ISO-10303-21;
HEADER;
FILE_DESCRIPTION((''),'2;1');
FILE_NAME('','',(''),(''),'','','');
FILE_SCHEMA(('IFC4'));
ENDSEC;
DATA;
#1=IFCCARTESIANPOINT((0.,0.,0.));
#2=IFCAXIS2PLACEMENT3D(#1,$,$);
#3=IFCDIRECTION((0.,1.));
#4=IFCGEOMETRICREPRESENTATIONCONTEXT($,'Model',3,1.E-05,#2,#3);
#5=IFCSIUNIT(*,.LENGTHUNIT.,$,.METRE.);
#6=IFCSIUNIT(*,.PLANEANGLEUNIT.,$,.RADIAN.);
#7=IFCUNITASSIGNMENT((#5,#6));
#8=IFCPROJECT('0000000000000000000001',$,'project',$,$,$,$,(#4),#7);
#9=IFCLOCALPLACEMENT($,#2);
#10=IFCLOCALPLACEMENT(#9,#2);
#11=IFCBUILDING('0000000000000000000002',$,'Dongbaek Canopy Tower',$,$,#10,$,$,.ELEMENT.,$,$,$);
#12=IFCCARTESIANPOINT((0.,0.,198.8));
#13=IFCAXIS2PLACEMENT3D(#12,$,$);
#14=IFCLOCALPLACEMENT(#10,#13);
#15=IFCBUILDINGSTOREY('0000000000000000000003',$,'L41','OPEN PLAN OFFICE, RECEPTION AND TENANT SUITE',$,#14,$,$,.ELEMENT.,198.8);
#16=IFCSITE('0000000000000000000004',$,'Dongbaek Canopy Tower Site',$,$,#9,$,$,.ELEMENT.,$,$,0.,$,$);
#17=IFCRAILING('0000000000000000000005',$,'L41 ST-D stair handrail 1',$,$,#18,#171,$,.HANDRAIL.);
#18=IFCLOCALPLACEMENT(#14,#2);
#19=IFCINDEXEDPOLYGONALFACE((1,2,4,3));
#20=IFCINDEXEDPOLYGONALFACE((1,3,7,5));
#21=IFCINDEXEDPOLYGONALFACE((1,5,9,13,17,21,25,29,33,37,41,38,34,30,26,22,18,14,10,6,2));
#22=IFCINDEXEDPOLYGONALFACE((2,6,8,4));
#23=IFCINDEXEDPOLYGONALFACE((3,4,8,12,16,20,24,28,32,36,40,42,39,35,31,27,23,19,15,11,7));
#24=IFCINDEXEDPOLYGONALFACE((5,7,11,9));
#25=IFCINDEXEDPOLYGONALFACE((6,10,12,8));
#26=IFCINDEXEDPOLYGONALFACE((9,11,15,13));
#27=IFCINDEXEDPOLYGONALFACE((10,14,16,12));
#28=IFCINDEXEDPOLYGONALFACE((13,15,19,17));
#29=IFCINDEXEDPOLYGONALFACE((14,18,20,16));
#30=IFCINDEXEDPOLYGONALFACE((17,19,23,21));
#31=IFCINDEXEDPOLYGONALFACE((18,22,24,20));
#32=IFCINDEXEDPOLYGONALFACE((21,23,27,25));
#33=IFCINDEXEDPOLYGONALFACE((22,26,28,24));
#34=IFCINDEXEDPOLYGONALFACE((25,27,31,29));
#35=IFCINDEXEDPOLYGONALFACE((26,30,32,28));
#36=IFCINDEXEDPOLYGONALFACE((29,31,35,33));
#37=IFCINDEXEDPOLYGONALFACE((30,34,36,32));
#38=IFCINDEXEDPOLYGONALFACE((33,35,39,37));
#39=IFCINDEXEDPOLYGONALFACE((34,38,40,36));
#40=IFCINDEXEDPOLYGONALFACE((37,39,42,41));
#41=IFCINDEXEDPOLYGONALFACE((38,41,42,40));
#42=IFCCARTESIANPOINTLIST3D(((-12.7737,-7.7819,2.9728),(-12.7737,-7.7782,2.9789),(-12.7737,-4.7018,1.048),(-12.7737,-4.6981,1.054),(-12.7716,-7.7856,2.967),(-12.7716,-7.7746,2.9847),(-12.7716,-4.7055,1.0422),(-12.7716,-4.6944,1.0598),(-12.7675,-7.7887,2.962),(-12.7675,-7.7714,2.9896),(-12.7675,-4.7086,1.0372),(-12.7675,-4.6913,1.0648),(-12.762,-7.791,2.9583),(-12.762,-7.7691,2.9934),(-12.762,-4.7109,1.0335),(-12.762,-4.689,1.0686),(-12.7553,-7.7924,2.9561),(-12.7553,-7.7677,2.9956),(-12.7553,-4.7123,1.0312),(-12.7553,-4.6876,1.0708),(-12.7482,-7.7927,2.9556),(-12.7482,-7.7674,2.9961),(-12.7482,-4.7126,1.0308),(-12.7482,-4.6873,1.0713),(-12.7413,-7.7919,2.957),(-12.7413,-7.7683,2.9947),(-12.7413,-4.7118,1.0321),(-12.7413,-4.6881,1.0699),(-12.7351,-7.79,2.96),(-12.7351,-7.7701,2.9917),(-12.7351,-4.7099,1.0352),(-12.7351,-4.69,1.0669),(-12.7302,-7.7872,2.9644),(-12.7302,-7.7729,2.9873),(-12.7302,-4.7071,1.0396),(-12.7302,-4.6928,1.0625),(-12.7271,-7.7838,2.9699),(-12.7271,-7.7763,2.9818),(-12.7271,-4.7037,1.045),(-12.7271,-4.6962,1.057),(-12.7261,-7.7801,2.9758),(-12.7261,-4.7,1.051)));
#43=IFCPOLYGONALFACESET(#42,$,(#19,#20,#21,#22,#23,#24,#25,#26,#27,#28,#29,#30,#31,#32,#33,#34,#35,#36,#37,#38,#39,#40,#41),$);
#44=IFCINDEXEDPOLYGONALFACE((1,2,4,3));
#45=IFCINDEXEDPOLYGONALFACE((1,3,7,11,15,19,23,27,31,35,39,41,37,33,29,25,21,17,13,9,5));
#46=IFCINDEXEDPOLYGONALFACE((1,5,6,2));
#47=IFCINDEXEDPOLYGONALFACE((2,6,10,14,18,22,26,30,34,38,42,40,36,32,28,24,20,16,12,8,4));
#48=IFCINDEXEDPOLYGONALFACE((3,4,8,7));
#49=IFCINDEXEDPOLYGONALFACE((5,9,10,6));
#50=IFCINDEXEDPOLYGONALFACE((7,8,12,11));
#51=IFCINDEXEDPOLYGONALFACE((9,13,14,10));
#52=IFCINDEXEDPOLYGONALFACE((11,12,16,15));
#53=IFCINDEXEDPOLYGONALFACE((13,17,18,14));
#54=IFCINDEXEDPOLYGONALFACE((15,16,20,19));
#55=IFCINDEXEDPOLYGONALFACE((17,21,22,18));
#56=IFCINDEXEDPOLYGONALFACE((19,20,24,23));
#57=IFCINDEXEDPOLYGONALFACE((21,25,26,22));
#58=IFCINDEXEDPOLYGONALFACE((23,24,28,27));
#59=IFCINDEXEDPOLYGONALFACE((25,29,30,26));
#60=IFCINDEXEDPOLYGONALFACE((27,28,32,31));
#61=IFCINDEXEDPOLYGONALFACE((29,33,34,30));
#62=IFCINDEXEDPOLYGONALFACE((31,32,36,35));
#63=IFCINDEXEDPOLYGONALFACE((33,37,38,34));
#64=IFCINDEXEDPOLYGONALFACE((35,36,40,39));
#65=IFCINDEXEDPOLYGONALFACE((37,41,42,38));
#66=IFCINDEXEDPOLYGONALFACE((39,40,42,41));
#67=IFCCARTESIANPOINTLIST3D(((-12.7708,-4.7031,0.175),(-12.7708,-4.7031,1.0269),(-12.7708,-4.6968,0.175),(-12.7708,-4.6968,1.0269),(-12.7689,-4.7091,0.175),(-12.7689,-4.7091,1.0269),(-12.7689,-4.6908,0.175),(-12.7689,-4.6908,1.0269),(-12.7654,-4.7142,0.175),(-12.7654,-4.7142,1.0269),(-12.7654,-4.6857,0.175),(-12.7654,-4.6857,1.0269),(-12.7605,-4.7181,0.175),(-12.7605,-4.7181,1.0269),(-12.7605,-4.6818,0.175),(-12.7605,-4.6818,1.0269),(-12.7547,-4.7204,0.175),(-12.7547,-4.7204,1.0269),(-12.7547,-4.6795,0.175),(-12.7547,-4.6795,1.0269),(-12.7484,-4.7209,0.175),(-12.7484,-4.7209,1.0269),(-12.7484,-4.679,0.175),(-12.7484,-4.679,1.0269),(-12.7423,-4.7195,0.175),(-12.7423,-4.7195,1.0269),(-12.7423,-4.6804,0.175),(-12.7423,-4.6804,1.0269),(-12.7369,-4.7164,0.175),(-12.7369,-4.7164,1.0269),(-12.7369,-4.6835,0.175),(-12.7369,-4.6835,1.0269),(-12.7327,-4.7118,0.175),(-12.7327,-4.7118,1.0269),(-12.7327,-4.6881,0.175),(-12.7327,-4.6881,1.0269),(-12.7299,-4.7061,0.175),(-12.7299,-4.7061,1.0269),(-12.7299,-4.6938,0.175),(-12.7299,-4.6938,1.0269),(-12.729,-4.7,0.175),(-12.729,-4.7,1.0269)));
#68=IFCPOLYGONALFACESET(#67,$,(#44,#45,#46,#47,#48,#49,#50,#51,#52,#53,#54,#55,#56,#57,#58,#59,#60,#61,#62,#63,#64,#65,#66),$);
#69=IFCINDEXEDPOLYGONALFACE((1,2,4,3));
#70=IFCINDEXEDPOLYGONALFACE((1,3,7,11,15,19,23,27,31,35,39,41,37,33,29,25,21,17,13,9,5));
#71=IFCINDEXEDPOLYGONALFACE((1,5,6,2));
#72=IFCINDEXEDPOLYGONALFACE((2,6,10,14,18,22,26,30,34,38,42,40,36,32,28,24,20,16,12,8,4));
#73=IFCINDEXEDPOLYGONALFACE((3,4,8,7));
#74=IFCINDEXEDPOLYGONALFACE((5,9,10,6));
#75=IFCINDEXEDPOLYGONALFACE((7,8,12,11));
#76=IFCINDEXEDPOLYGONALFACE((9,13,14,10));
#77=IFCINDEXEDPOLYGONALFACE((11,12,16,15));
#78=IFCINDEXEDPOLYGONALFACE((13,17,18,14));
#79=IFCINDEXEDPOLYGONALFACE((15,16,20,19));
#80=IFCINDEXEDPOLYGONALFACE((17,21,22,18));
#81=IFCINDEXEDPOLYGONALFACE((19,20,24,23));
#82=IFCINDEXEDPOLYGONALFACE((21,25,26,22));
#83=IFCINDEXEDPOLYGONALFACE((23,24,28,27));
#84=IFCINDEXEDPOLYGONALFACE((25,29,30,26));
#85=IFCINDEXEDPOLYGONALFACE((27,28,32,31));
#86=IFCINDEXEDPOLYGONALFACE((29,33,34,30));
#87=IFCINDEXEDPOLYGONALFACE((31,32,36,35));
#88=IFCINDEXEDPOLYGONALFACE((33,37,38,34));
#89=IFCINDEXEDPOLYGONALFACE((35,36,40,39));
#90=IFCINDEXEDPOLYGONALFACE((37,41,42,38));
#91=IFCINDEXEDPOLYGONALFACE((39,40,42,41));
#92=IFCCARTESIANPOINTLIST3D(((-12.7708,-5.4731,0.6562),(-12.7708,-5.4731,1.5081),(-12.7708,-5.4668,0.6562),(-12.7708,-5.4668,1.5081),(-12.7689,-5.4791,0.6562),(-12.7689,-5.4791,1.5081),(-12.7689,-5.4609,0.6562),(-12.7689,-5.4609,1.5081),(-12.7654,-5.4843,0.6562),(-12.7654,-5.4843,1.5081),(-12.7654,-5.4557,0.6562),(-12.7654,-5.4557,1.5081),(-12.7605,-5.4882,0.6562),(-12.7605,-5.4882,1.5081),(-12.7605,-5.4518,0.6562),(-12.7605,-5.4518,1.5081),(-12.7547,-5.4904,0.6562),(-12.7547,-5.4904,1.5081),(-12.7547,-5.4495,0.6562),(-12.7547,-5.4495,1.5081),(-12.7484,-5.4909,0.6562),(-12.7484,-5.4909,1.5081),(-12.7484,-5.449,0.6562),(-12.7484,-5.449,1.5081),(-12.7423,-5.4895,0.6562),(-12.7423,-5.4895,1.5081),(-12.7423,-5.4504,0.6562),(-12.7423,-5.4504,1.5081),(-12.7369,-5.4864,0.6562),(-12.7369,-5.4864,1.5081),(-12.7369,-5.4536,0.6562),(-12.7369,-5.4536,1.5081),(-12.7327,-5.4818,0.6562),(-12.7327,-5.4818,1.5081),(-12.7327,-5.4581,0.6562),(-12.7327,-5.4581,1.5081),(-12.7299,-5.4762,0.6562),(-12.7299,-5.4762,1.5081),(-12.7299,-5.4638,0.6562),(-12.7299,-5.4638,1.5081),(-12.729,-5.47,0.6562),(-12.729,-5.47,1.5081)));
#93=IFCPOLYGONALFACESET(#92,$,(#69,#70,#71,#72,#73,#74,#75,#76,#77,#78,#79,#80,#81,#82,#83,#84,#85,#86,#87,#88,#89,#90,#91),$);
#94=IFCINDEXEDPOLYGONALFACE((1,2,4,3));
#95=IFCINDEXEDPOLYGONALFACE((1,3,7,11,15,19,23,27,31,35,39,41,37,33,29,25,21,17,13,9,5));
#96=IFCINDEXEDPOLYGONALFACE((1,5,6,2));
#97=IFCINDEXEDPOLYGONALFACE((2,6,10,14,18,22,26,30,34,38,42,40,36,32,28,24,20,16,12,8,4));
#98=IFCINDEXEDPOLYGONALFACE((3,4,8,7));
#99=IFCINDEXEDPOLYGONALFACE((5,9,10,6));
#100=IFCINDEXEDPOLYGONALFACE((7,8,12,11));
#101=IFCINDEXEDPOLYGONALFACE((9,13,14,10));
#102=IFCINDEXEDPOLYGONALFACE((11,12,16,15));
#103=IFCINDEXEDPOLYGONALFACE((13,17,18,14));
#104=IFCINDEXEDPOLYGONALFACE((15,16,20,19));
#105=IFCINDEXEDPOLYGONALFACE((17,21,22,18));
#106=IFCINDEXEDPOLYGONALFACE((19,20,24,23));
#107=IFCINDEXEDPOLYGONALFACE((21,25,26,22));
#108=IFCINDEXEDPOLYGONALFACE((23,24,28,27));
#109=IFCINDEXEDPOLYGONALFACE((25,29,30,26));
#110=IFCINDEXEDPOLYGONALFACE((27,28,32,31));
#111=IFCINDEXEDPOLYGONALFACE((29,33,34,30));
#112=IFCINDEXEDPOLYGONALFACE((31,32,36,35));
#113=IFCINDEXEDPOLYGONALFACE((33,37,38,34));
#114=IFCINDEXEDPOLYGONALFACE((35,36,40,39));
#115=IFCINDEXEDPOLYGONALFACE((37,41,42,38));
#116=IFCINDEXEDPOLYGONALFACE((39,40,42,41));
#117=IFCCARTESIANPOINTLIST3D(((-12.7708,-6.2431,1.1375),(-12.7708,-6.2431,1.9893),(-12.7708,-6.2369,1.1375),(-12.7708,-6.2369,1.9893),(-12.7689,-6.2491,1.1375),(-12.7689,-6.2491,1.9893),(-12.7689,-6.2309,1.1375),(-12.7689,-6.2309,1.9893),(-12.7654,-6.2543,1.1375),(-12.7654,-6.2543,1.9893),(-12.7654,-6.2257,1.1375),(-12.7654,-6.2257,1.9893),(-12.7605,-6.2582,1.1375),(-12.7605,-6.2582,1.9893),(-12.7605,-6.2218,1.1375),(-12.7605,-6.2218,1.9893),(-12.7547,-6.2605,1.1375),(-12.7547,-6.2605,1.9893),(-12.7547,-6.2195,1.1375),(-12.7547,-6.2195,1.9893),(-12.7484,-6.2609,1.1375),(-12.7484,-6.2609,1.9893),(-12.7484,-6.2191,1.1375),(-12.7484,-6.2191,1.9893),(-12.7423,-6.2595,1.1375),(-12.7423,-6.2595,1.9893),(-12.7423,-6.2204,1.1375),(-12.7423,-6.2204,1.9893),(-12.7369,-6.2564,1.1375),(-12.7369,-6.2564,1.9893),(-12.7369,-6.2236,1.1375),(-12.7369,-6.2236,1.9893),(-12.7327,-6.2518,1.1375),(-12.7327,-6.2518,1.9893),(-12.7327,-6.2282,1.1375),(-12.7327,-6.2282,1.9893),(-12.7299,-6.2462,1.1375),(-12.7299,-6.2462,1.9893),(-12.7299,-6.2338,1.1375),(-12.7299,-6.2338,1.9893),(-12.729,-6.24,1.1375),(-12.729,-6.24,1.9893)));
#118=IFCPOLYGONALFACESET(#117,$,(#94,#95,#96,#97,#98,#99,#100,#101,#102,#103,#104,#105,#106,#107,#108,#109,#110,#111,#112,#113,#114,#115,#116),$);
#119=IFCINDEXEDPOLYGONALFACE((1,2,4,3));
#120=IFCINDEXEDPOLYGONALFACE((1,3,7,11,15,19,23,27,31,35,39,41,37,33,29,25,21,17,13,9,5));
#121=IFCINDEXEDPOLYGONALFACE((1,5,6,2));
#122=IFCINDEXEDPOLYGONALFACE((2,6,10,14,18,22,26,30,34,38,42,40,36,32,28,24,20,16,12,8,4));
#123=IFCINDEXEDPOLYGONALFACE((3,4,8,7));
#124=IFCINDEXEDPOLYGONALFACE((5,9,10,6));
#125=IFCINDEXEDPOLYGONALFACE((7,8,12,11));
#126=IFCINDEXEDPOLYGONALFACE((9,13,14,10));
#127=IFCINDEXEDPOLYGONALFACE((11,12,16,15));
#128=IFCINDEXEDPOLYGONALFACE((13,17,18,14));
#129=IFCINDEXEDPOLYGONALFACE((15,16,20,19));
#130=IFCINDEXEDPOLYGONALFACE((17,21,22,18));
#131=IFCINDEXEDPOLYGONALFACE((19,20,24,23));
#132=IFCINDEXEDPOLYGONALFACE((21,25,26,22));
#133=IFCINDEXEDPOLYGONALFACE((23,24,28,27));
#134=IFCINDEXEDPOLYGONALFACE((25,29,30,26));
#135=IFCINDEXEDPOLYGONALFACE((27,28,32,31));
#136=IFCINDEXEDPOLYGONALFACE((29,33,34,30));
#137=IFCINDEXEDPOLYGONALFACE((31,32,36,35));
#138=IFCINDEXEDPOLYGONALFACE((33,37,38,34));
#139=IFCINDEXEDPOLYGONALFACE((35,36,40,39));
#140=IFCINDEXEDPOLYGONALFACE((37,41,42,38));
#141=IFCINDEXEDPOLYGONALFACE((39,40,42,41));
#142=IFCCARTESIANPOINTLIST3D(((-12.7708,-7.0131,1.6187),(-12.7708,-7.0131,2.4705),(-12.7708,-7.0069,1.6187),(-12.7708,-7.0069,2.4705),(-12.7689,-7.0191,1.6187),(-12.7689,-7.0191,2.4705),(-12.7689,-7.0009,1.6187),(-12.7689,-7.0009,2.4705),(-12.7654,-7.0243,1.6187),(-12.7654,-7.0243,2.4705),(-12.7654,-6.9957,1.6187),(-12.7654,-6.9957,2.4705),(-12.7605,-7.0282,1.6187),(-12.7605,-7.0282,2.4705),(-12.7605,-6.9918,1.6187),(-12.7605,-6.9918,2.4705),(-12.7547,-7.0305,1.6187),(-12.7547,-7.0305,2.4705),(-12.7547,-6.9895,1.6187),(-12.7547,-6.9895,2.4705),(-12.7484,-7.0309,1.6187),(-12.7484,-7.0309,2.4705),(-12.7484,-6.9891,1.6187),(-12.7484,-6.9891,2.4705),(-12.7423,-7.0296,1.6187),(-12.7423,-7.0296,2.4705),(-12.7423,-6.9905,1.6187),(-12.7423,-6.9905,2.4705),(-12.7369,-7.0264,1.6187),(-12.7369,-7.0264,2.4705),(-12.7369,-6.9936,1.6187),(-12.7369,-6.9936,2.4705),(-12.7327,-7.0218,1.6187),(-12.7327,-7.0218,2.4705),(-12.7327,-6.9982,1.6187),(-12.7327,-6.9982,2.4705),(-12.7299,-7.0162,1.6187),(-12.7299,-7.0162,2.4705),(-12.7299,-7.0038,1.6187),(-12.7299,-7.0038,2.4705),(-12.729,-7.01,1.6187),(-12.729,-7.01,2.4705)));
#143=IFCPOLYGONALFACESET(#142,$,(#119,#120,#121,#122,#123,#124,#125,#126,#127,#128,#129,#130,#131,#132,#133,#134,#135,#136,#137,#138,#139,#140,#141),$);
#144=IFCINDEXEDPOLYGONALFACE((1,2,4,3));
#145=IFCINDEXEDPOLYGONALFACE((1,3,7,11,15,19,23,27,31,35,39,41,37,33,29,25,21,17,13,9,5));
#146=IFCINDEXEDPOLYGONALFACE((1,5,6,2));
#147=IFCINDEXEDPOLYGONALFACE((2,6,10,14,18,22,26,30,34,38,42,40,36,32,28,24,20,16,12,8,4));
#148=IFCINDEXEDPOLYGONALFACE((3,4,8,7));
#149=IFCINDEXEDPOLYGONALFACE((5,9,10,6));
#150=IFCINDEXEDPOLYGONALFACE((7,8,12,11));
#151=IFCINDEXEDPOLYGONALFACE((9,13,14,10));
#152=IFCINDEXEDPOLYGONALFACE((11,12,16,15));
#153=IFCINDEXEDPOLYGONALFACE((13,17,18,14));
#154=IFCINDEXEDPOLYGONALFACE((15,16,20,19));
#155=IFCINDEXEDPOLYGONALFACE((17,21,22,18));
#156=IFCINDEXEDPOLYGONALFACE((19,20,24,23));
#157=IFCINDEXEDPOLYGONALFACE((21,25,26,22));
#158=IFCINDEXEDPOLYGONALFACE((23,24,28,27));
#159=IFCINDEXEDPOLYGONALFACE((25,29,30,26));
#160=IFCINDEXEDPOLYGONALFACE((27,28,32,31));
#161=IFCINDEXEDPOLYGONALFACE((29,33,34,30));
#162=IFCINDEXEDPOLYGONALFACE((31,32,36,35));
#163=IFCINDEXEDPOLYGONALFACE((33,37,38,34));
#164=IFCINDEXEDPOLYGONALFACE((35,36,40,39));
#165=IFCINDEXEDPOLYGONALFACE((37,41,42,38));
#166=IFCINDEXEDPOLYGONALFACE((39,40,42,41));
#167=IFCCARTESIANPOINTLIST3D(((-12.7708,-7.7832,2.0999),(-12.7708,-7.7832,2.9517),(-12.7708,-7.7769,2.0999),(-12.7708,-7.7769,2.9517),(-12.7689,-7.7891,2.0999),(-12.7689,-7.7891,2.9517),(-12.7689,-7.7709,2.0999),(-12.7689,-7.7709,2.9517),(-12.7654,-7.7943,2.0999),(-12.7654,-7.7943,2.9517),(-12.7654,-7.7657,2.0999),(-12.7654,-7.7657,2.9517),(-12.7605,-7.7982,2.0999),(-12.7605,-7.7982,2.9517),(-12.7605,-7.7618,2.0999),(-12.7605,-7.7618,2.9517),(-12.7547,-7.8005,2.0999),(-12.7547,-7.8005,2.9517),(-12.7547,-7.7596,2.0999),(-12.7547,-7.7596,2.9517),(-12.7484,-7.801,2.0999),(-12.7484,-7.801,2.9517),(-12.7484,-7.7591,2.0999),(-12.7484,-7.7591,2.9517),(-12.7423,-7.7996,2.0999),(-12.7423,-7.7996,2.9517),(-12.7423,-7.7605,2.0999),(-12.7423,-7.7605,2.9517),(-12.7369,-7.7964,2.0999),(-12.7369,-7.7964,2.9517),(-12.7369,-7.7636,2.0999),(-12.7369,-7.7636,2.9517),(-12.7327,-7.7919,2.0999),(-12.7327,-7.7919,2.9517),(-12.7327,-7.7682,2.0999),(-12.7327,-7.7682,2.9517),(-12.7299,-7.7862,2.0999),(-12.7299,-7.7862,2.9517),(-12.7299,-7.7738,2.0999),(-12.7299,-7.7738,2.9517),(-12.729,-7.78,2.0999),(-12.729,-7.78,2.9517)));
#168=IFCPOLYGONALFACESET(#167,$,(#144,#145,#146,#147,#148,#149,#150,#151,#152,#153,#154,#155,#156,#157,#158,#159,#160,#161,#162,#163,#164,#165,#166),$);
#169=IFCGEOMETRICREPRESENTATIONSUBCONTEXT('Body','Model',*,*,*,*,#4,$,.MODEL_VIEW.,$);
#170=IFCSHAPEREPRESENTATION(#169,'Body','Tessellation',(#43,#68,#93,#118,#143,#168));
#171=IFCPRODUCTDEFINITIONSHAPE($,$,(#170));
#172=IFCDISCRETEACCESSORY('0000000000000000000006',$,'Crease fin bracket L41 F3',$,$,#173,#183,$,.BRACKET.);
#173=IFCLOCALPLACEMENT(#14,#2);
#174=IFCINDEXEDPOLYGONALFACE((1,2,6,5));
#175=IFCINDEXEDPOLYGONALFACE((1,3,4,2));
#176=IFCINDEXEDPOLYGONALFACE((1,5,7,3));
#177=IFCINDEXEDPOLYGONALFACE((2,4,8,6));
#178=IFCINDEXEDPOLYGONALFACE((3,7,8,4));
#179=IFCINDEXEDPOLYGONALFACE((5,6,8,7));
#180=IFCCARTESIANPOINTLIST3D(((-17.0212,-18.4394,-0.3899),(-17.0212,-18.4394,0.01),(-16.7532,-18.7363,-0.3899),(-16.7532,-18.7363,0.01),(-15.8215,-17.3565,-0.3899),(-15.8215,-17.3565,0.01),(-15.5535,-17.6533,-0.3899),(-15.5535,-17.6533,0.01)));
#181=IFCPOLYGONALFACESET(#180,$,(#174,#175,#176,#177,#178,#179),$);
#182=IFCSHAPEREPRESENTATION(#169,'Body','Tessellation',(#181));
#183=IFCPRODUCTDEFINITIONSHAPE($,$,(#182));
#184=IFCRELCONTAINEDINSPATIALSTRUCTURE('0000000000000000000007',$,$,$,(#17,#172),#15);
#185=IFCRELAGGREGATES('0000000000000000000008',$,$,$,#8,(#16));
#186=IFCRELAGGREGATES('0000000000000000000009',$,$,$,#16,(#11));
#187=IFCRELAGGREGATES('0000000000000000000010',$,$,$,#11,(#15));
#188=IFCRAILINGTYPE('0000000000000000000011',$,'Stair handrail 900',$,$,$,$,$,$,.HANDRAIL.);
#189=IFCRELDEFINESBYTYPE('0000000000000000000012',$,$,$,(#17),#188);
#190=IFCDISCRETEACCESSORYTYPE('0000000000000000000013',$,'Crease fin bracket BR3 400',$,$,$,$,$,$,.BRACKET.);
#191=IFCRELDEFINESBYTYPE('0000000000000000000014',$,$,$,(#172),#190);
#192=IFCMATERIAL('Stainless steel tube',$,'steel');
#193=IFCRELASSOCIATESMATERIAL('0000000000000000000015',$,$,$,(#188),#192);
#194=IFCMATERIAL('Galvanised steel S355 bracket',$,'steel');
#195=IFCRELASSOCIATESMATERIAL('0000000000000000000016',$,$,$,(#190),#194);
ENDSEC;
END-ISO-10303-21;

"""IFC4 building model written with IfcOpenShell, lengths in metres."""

from ifc_helpers import new_model, si_unit, direction, frame, origin, origin_2d, place, context, subcontext, project, spatial, rectangle, circle, extrude, material, type_object, element, save


model = new_model("IFC4")

# Units and contexts
model_context = context("Model", 3, precision=1e-05, world=origin(), true_north=direction((0.0, 1.0)))
body_context = subcontext(model_context, "Body", "Model", "MODEL_VIEW")
ifc_project = project(units=[si_unit("LENGTHUNIT", "METRE"), si_unit("PLANEANGLEUNIT", "RADIAN")], contexts=[model_context])

# Site, building, storey
site_placement = place(None, origin())
site = spatial("IfcSite", under=ifc_project, at=site_placement, Name="Dongbaek Canopy Tower Site", CompositionType="ELEMENT", RefElevation=0.0)
building_placement = place(site_placement, origin())
building = spatial("IfcBuilding", under=site, at=building_placement, Name="Dongbaek Canopy Tower", CompositionType="ELEMENT")
storey_placement = place(building_placement, frame((0.0, 0.0, 198.8)))
storey = spatial("IfcBuildingStorey", under=building, at=storey_placement, Name="L41", Description="OPEN PLAN OFFICE, RECEPTION AND TENANT SUITE", CompositionType="ELEMENT", Elevation=198.8)

# Railing
ifc_material_1 = material(Name="Stainless steel tube", Category="steel")
railing_type = type_object("IfcRailingType", Name="Stair handrail 900", PredefinedType="HANDRAIL", material=ifc_material_1)
railing_placement = place(storey_placement, frame((-12.75, -4.7, 0.175)))
element("IfcRailing", 1, at=railing_placement, inside=storey, type_object=railing_type, Name="L41 ST-D stair handrail 1", PredefinedType="HANDRAIL", context=body_context, shape_type="SweptSolid", body=[
    extrude(circle(Radius=0.0239, at=origin_2d()), frame((0.0, 0.0, 0.876), z_axis=(0.0, -0.848029, 0.529951), x_axis=(1.0, 0.0, 0.0)), (0.0, 0.0, 1.0), 3.6321),
    extrude(circle(Radius=0.021, at=origin_2d()), origin(), (0.0, 0.0, 1.0), 0.8518),
    extrude(circle(Radius=0.021, at=origin_2d()), frame((0.0, -0.77, 0.4812)), (0.0, 0.0, 1.0), 0.8518),
    extrude(circle(Radius=0.021, at=origin_2d()), frame((0.0, -1.54, 0.9624)), (0.0, 0.0, 1.0), 0.8518),
    extrude(circle(Radius=0.021, at=origin_2d()), frame((0.0, -2.3101, 1.4436)), (0.0, 0.0, 1.0), 0.8518),
    extrude(circle(Radius=0.021, at=origin_2d()), frame((0.0, -3.0801, 1.9248)), (0.0, 0.0, 1.0), 0.8518),
])

# Discrete accessory
ifc_material_2 = material(Name="Galvanised steel S355 bracket", Category="steel")
discrete_accessory_type = type_object("IfcDiscreteAccessoryType", Name="Crease fin bracket BR3 400", PredefinedType="BRACKET", material=ifc_material_2)
discrete_accessory_placement = place(storey_placement, frame((-16.2874, -18.0464, -0.3899), z_axis=(0.0, 0.0, 1.0), x_axis=(-0.7423, -0.670068, 0.0)))
element("IfcDiscreteAccessory", 2, at=discrete_accessory_placement, inside=storey, type_object=discrete_accessory_type, Name="Crease fin bracket L41 F3", PredefinedType="BRACKET", context=body_context, shape_type="SweptSolid", body=[
    extrude(rectangle(XDim=1.6162, YDim=0.3999, at=origin_2d()), origin(), (0.0, 0.0, 1.0), 0.3999),
])

save(model, "model.ifc")
